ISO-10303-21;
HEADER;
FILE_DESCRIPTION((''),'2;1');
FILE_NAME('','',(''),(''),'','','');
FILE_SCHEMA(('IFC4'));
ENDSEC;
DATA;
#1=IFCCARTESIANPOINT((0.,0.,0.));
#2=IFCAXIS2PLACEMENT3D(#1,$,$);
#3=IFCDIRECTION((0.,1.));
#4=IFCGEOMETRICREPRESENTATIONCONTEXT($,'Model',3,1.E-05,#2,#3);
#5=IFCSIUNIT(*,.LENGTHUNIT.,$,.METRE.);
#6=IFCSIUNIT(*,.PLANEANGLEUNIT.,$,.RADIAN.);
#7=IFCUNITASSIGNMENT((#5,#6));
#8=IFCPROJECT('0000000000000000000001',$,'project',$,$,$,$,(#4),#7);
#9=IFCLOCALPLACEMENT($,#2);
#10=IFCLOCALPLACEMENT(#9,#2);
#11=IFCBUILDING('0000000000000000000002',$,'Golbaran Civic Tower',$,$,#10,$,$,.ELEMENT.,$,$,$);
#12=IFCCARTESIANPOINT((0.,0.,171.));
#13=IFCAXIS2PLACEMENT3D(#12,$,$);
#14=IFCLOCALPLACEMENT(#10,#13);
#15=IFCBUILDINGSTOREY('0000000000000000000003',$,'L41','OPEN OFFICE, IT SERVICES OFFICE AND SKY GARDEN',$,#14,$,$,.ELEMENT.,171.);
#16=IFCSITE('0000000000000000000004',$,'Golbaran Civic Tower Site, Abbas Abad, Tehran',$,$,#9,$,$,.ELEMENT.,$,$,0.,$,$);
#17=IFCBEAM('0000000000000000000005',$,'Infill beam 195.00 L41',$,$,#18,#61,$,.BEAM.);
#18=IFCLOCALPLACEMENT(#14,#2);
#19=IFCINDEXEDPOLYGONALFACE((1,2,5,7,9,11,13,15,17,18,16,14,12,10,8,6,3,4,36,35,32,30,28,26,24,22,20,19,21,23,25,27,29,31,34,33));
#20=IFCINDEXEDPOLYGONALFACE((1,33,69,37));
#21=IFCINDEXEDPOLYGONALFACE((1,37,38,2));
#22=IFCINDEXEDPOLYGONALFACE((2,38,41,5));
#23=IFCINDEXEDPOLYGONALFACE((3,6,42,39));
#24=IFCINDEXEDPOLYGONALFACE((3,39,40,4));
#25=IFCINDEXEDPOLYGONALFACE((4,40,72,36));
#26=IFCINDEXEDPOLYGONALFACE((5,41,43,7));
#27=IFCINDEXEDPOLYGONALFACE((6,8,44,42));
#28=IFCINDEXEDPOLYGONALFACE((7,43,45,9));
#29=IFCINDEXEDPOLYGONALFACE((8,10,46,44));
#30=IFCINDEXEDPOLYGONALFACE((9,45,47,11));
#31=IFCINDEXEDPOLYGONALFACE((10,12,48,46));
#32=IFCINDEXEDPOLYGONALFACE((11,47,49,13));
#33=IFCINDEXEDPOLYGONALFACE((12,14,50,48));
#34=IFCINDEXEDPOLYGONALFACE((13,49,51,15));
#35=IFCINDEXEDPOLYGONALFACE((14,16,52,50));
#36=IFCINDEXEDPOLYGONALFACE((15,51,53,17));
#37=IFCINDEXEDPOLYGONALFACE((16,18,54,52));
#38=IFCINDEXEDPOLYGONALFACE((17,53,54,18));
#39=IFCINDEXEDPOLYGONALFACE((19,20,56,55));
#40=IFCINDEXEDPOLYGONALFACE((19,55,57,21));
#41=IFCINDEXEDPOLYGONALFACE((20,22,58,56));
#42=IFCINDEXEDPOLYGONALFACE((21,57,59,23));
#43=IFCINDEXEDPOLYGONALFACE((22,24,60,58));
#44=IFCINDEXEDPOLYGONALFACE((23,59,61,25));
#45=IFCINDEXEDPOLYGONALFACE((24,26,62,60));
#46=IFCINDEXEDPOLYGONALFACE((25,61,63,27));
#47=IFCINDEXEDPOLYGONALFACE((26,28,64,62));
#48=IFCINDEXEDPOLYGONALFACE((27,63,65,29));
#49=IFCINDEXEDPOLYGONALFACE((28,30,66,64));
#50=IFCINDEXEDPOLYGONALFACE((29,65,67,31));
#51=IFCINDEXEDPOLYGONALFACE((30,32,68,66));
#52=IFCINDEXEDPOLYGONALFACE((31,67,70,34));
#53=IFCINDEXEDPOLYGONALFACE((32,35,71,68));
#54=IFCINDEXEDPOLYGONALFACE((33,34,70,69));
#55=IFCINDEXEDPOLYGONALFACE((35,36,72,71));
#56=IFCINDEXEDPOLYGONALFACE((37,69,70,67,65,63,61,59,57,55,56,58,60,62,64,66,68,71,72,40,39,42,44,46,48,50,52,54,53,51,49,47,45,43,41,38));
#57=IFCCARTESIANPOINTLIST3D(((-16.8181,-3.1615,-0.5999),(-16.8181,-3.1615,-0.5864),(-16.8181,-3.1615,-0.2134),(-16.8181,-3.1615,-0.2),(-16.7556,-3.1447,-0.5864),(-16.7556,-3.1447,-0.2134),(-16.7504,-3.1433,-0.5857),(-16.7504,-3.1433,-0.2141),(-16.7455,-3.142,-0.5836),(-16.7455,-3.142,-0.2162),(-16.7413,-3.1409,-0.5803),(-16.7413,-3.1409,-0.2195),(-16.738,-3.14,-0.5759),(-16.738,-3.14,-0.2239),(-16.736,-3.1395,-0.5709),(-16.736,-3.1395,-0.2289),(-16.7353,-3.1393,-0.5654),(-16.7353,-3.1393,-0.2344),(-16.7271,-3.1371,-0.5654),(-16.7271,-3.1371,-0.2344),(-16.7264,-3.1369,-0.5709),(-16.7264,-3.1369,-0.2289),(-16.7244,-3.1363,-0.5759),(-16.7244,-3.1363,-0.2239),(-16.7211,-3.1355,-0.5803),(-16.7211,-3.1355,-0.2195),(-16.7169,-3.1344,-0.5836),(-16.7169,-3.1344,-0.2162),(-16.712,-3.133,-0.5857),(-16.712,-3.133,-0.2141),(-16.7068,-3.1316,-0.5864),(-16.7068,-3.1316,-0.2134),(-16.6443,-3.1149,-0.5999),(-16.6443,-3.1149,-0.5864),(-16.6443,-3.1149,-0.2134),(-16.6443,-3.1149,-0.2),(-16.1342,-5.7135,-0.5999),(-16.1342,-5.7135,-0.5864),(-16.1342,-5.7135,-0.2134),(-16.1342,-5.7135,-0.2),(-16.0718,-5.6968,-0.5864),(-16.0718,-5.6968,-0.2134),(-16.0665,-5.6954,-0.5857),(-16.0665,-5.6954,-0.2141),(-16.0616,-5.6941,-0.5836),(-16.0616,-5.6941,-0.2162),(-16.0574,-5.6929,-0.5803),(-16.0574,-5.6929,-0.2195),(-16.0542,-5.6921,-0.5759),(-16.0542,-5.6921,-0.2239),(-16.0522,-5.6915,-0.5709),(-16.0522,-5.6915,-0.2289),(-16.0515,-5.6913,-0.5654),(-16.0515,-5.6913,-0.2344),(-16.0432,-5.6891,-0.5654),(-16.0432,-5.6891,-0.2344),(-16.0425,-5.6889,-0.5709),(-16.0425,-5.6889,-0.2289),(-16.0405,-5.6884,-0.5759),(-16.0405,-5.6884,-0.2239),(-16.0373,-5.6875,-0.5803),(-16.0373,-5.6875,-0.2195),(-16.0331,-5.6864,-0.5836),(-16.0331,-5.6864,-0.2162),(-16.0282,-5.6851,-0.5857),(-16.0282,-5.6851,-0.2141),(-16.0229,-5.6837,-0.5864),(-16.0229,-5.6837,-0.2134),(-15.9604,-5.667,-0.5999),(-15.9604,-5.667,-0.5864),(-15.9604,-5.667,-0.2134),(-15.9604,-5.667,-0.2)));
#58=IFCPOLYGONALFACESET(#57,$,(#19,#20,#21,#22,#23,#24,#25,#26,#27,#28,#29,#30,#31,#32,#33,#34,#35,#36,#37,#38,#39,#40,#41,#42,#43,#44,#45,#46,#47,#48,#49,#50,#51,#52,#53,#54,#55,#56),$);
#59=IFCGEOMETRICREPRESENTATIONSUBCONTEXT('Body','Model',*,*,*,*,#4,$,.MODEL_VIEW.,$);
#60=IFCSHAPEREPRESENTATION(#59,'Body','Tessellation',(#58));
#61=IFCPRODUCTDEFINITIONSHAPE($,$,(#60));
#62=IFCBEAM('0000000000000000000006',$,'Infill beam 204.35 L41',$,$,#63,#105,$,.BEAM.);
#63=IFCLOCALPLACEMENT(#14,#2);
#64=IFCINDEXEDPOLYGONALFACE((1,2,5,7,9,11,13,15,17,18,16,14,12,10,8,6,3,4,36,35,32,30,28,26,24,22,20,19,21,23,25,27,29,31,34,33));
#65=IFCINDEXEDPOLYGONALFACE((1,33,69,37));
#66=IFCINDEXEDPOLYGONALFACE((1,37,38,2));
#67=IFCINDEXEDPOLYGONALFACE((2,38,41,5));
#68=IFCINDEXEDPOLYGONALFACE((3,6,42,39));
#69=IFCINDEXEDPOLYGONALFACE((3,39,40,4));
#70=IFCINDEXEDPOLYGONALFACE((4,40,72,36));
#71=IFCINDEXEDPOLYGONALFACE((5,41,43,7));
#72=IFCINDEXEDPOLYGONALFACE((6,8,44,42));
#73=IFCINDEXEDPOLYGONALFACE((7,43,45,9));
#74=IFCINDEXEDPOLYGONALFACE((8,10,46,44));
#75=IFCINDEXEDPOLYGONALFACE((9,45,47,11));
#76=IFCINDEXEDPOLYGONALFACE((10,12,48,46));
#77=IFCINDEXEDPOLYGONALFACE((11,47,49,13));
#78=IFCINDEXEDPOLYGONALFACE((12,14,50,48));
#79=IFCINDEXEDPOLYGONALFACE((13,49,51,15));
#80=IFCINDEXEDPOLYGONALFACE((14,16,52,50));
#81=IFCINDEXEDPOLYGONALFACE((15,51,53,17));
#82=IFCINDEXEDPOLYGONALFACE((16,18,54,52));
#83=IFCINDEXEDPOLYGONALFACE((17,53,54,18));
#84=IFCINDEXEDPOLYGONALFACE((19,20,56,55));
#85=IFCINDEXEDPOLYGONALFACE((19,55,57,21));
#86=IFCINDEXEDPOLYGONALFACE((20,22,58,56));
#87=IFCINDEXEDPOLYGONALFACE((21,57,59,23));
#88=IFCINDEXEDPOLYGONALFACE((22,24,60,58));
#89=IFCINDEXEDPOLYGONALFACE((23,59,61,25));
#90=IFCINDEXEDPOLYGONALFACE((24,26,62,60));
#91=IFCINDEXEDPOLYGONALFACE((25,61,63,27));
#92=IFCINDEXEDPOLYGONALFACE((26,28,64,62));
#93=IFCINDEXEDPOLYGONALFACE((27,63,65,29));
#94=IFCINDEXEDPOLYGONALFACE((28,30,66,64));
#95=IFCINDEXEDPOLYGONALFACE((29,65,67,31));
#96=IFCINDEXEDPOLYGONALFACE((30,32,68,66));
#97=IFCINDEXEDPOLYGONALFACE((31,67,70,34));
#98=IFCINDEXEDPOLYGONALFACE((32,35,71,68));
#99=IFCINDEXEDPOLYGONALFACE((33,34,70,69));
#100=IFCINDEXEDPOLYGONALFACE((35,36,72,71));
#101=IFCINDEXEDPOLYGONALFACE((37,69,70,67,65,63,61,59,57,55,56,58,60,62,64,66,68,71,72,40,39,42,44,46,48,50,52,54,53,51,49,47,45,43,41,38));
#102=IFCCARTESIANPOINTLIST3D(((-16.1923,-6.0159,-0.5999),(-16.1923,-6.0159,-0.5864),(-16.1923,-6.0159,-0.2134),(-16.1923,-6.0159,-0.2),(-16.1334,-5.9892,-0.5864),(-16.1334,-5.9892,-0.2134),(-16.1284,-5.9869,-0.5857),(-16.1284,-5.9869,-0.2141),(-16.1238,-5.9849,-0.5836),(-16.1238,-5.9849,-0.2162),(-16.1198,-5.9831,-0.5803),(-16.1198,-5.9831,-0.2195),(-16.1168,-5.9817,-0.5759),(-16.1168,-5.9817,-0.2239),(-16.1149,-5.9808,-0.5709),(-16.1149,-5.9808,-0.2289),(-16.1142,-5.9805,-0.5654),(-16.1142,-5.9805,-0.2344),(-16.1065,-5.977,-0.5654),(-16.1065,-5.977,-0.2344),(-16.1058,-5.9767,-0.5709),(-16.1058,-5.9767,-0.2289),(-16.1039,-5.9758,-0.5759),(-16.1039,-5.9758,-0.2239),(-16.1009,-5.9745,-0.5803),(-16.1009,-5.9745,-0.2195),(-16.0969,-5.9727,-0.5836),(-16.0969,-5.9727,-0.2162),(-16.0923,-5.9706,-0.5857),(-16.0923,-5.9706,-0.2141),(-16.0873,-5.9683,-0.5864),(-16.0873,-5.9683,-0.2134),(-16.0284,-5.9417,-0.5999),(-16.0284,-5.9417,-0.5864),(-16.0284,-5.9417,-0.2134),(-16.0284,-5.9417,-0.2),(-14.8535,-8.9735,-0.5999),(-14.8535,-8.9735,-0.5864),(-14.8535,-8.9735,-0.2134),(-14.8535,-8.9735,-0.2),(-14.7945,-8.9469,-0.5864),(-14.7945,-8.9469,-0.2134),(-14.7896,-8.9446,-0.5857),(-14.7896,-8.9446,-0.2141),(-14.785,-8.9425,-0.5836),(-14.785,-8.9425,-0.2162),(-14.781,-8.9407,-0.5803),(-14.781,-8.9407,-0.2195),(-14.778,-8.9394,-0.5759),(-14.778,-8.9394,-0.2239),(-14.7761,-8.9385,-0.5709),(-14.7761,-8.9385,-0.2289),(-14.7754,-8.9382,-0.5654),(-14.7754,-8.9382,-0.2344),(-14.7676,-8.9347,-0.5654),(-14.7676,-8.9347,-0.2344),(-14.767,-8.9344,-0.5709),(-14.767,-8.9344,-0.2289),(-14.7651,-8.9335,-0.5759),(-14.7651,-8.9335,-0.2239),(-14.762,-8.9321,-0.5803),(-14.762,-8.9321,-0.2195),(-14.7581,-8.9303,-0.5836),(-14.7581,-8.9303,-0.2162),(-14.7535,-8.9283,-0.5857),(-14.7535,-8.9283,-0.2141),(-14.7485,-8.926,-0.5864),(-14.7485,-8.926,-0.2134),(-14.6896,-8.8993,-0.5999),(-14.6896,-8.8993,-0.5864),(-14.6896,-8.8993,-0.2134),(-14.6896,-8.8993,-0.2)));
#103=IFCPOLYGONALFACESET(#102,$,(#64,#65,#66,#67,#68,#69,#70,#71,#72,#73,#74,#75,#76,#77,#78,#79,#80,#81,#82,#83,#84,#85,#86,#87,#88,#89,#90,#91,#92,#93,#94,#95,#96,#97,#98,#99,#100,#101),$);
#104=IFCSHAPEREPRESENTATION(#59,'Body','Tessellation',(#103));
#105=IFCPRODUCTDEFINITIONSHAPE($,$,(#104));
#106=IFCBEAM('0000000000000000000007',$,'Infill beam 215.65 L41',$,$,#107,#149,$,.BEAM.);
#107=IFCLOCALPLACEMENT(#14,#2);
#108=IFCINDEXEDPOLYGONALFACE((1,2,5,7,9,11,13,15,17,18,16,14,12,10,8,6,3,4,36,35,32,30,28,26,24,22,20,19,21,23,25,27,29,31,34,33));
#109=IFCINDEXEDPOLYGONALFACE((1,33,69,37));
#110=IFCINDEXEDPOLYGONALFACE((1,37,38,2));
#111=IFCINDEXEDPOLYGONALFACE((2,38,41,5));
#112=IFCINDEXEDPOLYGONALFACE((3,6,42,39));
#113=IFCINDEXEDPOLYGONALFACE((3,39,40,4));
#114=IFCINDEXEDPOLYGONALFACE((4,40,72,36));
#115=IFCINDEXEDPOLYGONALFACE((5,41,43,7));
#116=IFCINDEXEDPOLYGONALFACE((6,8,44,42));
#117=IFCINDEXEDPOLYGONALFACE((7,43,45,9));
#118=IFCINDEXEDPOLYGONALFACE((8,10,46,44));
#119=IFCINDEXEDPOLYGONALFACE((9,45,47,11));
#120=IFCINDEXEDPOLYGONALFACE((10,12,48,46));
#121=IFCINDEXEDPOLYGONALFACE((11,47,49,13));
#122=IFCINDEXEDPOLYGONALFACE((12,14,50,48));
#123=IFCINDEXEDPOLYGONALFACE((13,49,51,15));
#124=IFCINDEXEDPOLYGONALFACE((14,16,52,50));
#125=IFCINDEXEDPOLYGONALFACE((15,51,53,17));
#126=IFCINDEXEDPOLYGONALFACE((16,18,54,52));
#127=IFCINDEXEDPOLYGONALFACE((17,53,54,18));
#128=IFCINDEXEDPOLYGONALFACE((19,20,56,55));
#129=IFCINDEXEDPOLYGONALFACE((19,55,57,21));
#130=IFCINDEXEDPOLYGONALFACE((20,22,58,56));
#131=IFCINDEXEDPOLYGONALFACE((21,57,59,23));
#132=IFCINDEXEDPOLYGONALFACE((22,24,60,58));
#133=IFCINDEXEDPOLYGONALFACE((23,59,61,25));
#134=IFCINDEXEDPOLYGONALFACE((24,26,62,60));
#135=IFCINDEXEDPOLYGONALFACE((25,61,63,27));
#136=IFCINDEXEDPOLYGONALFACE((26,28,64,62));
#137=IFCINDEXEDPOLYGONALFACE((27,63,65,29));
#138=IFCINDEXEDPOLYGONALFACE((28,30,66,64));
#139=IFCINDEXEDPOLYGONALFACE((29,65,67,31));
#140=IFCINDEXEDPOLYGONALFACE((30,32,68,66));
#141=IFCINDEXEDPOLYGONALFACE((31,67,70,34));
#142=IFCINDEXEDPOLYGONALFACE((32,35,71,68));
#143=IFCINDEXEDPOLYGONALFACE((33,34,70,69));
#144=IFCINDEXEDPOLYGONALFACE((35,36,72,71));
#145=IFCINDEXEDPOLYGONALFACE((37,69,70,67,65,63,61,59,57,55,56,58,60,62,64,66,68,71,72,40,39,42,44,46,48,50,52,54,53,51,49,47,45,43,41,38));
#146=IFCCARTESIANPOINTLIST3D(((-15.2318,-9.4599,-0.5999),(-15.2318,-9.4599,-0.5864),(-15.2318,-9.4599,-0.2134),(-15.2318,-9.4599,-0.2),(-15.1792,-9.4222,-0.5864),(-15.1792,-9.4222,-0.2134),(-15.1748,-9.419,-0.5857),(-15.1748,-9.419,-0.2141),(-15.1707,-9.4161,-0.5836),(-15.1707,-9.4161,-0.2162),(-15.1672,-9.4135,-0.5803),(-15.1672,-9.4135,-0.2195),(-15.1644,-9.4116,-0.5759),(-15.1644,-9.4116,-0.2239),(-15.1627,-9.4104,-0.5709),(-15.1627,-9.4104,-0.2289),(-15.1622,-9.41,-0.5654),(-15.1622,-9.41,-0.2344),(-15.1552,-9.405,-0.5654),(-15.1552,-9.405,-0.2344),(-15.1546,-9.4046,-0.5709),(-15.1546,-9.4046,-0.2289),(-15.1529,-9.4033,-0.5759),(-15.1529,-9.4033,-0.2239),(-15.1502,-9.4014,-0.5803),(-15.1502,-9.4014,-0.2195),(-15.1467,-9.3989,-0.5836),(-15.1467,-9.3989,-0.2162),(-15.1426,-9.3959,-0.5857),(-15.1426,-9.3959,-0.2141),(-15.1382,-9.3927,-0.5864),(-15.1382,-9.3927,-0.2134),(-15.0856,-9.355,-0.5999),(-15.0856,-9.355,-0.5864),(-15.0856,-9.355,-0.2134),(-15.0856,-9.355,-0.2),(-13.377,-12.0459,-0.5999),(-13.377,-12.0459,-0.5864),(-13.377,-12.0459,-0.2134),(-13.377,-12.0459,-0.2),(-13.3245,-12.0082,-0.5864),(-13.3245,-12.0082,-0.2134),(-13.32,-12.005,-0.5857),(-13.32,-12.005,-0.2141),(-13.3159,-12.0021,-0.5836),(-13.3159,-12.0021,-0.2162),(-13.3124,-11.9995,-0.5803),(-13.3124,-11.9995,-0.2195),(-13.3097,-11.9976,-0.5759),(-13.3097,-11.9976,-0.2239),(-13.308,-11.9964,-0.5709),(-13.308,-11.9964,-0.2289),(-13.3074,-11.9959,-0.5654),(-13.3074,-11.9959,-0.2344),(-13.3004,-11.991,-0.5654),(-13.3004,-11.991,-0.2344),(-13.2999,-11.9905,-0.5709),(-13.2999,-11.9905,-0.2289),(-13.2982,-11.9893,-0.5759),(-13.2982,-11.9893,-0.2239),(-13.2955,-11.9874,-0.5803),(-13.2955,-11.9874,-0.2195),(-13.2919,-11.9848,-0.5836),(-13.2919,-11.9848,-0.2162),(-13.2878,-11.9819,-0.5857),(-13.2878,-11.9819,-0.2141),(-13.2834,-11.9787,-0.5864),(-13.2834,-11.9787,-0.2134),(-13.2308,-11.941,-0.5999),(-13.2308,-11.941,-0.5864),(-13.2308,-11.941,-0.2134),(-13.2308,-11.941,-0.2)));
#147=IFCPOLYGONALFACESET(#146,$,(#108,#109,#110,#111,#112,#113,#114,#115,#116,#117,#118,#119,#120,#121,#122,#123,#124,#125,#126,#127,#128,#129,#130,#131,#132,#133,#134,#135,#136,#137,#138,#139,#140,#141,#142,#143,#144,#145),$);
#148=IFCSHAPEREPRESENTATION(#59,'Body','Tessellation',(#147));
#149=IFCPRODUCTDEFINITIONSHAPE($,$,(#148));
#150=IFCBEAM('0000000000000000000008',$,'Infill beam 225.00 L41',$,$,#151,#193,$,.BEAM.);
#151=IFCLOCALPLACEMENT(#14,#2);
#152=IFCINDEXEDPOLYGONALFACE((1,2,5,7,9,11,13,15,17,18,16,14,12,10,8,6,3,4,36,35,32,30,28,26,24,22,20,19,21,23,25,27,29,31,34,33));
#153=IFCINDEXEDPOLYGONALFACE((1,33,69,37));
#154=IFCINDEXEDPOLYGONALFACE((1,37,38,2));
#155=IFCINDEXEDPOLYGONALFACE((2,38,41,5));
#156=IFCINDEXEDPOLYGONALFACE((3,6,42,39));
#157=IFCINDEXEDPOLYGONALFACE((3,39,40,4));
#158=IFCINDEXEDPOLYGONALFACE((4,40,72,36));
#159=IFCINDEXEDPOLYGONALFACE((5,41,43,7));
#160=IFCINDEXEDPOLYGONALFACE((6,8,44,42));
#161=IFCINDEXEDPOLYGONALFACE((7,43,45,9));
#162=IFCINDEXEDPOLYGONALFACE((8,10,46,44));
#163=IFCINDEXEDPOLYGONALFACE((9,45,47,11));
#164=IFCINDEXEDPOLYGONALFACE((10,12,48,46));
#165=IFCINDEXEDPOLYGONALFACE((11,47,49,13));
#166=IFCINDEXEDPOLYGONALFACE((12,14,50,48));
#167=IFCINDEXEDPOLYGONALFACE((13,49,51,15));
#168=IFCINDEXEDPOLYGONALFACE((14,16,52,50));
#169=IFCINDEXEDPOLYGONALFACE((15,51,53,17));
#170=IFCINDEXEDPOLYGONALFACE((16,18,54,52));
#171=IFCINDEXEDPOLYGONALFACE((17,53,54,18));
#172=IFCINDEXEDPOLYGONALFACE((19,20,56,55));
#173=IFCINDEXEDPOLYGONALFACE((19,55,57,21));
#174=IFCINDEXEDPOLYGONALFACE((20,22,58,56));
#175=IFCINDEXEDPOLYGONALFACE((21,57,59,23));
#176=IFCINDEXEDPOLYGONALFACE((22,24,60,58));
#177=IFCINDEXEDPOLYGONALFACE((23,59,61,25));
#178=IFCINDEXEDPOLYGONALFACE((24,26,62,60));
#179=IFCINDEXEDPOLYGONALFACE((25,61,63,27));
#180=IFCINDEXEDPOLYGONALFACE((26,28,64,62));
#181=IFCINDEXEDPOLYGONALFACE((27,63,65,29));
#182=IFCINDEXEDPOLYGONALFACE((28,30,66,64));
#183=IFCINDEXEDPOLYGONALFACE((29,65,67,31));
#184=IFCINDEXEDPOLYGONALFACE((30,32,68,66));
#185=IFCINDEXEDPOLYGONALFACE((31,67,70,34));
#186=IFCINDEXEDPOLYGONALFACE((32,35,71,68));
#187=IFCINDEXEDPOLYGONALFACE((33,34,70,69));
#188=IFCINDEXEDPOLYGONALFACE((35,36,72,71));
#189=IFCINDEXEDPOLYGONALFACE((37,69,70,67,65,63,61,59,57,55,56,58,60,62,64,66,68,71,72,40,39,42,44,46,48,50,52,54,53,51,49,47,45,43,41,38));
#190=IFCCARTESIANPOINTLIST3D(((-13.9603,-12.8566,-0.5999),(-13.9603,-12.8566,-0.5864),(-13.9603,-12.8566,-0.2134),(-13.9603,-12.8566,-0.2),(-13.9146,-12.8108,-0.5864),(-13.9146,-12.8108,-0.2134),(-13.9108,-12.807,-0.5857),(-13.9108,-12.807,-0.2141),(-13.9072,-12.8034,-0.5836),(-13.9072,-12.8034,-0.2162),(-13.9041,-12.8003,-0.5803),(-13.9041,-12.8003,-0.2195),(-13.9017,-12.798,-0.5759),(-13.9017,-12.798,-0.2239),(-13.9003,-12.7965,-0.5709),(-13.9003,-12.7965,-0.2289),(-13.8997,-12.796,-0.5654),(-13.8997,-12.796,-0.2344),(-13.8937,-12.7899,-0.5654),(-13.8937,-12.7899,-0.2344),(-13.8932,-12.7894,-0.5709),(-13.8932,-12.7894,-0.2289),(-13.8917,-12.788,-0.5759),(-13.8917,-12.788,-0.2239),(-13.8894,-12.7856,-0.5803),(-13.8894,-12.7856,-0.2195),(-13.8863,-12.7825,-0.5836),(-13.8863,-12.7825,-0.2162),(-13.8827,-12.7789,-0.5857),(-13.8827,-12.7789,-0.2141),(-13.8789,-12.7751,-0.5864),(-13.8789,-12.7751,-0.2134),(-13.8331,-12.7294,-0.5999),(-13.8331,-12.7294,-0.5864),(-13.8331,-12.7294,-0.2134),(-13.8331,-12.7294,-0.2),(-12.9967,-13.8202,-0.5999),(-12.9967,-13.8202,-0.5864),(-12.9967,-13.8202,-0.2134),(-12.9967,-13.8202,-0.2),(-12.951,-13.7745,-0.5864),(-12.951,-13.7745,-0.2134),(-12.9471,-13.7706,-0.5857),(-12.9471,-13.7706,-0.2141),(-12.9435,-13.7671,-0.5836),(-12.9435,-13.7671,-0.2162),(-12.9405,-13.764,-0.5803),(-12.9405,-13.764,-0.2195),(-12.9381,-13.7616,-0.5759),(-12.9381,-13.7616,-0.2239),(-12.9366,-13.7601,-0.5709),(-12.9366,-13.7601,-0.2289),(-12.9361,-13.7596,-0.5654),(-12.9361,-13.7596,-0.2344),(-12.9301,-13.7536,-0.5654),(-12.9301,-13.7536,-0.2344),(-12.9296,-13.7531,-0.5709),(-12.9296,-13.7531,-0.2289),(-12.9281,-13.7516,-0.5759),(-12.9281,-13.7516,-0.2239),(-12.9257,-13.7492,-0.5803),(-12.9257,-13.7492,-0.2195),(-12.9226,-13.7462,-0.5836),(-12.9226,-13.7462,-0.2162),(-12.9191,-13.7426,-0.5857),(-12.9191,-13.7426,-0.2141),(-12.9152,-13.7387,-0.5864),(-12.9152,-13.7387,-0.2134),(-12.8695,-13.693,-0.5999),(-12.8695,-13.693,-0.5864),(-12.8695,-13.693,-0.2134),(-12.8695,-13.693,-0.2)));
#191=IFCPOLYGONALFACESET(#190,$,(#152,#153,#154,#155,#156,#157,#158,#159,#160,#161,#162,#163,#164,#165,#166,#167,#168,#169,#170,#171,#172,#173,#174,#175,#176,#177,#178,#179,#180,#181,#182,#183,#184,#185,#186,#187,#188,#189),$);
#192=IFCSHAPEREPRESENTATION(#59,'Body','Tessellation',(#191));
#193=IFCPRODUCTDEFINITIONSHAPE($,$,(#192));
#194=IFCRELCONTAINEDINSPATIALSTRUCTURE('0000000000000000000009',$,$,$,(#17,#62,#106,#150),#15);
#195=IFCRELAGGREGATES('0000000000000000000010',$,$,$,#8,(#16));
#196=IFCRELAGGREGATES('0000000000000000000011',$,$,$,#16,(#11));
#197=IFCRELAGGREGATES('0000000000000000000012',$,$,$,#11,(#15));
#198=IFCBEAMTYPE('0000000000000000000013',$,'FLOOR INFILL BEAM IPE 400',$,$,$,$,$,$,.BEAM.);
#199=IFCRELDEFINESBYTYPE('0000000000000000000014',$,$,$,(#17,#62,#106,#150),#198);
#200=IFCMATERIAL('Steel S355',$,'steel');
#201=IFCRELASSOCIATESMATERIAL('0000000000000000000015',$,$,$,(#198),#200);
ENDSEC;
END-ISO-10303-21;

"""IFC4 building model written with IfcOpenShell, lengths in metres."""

from ifc_helpers import new_model, si_unit, direction, frame, origin, origin_2d, place, context, subcontext, project, spatial, i_section, extrude, material, material_profile, profile_set, type_object, element, save


model = new_model("IFC4")

# Units and contexts
model_context = context("Model", 3, precision=1e-05, world=origin(), true_north=direction((0.0, 1.0)))
body_context = subcontext(model_context, "Body", "Model", "MODEL_VIEW")
ifc_project = project(units=[si_unit("LENGTHUNIT", "METRE"), si_unit("PLANEANGLEUNIT", "RADIAN")], contexts=[model_context])

# Site, building, storey
site_placement = place(None, origin())
site = spatial("IfcSite", under=ifc_project, at=site_placement, Name="Golbaran Civic Tower Site, Abbas Abad, Tehran", CompositionType="ELEMENT", RefElevation=0.0)
building_placement = place(site_placement, origin())
building = spatial("IfcBuilding", under=site, at=building_placement, Name="Golbaran Civic Tower", CompositionType="ELEMENT")
storey_placement = place(building_placement, frame((0.0, 0.0, 171.0)))
storey = spatial("IfcBuildingStorey", under=building, at=storey_placement, Name="L41", Description="OPEN OFFICE, IT SERVICES OFFICE AND SKY GARDEN", CompositionType="ELEMENT", Elevation=171.0)

# Beams
ifc_material_1 = material(Name="Steel S355", Category="steel")
ifc_material_profile_1 = material_profile(ifc_material_1, i_section(OverallWidth=0.1799, OverallDepth=0.3999, WebThickness=0.0085, FlangeThickness=0.0134, FilletRadius=0.021, at=origin_2d()), Name="IPE 400")
ifc_profile_set_1 = profile_set([ifc_material_profile_1], Name="Steel S355")
beam_type_1 = type_object("IfcBeamType", Name="FLOOR INFILL BEAM IPE 400", PredefinedType="BEAM", material=ifc_profile_set_1)
beam_1_placement = place(storey_placement, frame((-16.7312, -3.1382, -0.3999), z_axis=(0.25883, -0.965923, 0.0), x_axis=(0.965923, 0.25883, 0.0)))
element("IfcBeam", 1, at=beam_1_placement, inside=storey, type_object=beam_type_1, Name="Infill beam 195.00 L41", PredefinedType="BEAM", context=body_context, shape_type="SweptSolid", body=[
    extrude(i_section(OverallWidth=0.1799, OverallDepth=0.3999, WebThickness=0.0085, FlangeThickness=0.0134, FilletRadius=0.021, at=origin_2d()), origin(), (0.0, 0.0, 1.0), 2.6421),
])
beam_2_placement = place(storey_placement, frame((-16.1104, -5.9788, -0.3999), z_axis=(0.41238, -0.911012, 0.0), x_axis=(0.911012, 0.41238, 0.0)))
element("IfcBeam", 2, at=beam_2_placement, inside=storey, type_object=beam_type_1, Name="Infill beam 204.35 L41", PredefinedType="BEAM", context=body_context, shape_type="SweptSolid", body=[
    extrude(i_section(OverallWidth=0.1799, OverallDepth=0.3999, WebThickness=0.0085, FlangeThickness=0.0134, FilletRadius=0.021, at=origin_2d()), origin(), (0.0, 0.0, 1.0), 3.2466),
])
beam_3_placement = place(storey_placement, frame((-15.1587, -9.4075, -0.3999), z_axis=(0.582826, -0.812597, 0.0), x_axis=(0.812597, 0.582826, 0.0)))
element("IfcBeam", 3, at=beam_3_placement, inside=storey, type_object=beam_type_1, Name="Infill beam 215.65 L41", PredefinedType="BEAM", context=body_context, shape_type="SweptSolid", body=[
    extrude(i_section(OverallWidth=0.1799, OverallDepth=0.3999, WebThickness=0.0085, FlangeThickness=0.0134, FilletRadius=0.021, at=origin_2d()), origin(), (0.0, 0.0, 1.0), 3.1824),
])
beam_4_placement = place(storey_placement, frame((-13.8967, -12.793, -0.3999), z_axis=(0.707107, -0.707107, 0.0), x_axis=(0.707107, 0.707107, 0.0)))
element("IfcBeam", 4, at=beam_4_placement, inside=storey, type_object=beam_type_1, Name="Infill beam 225.00 L41", PredefinedType="BEAM", context=body_context, shape_type="SweptSolid", body=[
    extrude(i_section(OverallWidth=0.1799, OverallDepth=0.3999, WebThickness=0.0085, FlangeThickness=0.0134, FilletRadius=0.021, at=origin_2d()), origin(), (0.0, 0.0, 1.0), 1.3628),
])

save(model, "model.ifc")
